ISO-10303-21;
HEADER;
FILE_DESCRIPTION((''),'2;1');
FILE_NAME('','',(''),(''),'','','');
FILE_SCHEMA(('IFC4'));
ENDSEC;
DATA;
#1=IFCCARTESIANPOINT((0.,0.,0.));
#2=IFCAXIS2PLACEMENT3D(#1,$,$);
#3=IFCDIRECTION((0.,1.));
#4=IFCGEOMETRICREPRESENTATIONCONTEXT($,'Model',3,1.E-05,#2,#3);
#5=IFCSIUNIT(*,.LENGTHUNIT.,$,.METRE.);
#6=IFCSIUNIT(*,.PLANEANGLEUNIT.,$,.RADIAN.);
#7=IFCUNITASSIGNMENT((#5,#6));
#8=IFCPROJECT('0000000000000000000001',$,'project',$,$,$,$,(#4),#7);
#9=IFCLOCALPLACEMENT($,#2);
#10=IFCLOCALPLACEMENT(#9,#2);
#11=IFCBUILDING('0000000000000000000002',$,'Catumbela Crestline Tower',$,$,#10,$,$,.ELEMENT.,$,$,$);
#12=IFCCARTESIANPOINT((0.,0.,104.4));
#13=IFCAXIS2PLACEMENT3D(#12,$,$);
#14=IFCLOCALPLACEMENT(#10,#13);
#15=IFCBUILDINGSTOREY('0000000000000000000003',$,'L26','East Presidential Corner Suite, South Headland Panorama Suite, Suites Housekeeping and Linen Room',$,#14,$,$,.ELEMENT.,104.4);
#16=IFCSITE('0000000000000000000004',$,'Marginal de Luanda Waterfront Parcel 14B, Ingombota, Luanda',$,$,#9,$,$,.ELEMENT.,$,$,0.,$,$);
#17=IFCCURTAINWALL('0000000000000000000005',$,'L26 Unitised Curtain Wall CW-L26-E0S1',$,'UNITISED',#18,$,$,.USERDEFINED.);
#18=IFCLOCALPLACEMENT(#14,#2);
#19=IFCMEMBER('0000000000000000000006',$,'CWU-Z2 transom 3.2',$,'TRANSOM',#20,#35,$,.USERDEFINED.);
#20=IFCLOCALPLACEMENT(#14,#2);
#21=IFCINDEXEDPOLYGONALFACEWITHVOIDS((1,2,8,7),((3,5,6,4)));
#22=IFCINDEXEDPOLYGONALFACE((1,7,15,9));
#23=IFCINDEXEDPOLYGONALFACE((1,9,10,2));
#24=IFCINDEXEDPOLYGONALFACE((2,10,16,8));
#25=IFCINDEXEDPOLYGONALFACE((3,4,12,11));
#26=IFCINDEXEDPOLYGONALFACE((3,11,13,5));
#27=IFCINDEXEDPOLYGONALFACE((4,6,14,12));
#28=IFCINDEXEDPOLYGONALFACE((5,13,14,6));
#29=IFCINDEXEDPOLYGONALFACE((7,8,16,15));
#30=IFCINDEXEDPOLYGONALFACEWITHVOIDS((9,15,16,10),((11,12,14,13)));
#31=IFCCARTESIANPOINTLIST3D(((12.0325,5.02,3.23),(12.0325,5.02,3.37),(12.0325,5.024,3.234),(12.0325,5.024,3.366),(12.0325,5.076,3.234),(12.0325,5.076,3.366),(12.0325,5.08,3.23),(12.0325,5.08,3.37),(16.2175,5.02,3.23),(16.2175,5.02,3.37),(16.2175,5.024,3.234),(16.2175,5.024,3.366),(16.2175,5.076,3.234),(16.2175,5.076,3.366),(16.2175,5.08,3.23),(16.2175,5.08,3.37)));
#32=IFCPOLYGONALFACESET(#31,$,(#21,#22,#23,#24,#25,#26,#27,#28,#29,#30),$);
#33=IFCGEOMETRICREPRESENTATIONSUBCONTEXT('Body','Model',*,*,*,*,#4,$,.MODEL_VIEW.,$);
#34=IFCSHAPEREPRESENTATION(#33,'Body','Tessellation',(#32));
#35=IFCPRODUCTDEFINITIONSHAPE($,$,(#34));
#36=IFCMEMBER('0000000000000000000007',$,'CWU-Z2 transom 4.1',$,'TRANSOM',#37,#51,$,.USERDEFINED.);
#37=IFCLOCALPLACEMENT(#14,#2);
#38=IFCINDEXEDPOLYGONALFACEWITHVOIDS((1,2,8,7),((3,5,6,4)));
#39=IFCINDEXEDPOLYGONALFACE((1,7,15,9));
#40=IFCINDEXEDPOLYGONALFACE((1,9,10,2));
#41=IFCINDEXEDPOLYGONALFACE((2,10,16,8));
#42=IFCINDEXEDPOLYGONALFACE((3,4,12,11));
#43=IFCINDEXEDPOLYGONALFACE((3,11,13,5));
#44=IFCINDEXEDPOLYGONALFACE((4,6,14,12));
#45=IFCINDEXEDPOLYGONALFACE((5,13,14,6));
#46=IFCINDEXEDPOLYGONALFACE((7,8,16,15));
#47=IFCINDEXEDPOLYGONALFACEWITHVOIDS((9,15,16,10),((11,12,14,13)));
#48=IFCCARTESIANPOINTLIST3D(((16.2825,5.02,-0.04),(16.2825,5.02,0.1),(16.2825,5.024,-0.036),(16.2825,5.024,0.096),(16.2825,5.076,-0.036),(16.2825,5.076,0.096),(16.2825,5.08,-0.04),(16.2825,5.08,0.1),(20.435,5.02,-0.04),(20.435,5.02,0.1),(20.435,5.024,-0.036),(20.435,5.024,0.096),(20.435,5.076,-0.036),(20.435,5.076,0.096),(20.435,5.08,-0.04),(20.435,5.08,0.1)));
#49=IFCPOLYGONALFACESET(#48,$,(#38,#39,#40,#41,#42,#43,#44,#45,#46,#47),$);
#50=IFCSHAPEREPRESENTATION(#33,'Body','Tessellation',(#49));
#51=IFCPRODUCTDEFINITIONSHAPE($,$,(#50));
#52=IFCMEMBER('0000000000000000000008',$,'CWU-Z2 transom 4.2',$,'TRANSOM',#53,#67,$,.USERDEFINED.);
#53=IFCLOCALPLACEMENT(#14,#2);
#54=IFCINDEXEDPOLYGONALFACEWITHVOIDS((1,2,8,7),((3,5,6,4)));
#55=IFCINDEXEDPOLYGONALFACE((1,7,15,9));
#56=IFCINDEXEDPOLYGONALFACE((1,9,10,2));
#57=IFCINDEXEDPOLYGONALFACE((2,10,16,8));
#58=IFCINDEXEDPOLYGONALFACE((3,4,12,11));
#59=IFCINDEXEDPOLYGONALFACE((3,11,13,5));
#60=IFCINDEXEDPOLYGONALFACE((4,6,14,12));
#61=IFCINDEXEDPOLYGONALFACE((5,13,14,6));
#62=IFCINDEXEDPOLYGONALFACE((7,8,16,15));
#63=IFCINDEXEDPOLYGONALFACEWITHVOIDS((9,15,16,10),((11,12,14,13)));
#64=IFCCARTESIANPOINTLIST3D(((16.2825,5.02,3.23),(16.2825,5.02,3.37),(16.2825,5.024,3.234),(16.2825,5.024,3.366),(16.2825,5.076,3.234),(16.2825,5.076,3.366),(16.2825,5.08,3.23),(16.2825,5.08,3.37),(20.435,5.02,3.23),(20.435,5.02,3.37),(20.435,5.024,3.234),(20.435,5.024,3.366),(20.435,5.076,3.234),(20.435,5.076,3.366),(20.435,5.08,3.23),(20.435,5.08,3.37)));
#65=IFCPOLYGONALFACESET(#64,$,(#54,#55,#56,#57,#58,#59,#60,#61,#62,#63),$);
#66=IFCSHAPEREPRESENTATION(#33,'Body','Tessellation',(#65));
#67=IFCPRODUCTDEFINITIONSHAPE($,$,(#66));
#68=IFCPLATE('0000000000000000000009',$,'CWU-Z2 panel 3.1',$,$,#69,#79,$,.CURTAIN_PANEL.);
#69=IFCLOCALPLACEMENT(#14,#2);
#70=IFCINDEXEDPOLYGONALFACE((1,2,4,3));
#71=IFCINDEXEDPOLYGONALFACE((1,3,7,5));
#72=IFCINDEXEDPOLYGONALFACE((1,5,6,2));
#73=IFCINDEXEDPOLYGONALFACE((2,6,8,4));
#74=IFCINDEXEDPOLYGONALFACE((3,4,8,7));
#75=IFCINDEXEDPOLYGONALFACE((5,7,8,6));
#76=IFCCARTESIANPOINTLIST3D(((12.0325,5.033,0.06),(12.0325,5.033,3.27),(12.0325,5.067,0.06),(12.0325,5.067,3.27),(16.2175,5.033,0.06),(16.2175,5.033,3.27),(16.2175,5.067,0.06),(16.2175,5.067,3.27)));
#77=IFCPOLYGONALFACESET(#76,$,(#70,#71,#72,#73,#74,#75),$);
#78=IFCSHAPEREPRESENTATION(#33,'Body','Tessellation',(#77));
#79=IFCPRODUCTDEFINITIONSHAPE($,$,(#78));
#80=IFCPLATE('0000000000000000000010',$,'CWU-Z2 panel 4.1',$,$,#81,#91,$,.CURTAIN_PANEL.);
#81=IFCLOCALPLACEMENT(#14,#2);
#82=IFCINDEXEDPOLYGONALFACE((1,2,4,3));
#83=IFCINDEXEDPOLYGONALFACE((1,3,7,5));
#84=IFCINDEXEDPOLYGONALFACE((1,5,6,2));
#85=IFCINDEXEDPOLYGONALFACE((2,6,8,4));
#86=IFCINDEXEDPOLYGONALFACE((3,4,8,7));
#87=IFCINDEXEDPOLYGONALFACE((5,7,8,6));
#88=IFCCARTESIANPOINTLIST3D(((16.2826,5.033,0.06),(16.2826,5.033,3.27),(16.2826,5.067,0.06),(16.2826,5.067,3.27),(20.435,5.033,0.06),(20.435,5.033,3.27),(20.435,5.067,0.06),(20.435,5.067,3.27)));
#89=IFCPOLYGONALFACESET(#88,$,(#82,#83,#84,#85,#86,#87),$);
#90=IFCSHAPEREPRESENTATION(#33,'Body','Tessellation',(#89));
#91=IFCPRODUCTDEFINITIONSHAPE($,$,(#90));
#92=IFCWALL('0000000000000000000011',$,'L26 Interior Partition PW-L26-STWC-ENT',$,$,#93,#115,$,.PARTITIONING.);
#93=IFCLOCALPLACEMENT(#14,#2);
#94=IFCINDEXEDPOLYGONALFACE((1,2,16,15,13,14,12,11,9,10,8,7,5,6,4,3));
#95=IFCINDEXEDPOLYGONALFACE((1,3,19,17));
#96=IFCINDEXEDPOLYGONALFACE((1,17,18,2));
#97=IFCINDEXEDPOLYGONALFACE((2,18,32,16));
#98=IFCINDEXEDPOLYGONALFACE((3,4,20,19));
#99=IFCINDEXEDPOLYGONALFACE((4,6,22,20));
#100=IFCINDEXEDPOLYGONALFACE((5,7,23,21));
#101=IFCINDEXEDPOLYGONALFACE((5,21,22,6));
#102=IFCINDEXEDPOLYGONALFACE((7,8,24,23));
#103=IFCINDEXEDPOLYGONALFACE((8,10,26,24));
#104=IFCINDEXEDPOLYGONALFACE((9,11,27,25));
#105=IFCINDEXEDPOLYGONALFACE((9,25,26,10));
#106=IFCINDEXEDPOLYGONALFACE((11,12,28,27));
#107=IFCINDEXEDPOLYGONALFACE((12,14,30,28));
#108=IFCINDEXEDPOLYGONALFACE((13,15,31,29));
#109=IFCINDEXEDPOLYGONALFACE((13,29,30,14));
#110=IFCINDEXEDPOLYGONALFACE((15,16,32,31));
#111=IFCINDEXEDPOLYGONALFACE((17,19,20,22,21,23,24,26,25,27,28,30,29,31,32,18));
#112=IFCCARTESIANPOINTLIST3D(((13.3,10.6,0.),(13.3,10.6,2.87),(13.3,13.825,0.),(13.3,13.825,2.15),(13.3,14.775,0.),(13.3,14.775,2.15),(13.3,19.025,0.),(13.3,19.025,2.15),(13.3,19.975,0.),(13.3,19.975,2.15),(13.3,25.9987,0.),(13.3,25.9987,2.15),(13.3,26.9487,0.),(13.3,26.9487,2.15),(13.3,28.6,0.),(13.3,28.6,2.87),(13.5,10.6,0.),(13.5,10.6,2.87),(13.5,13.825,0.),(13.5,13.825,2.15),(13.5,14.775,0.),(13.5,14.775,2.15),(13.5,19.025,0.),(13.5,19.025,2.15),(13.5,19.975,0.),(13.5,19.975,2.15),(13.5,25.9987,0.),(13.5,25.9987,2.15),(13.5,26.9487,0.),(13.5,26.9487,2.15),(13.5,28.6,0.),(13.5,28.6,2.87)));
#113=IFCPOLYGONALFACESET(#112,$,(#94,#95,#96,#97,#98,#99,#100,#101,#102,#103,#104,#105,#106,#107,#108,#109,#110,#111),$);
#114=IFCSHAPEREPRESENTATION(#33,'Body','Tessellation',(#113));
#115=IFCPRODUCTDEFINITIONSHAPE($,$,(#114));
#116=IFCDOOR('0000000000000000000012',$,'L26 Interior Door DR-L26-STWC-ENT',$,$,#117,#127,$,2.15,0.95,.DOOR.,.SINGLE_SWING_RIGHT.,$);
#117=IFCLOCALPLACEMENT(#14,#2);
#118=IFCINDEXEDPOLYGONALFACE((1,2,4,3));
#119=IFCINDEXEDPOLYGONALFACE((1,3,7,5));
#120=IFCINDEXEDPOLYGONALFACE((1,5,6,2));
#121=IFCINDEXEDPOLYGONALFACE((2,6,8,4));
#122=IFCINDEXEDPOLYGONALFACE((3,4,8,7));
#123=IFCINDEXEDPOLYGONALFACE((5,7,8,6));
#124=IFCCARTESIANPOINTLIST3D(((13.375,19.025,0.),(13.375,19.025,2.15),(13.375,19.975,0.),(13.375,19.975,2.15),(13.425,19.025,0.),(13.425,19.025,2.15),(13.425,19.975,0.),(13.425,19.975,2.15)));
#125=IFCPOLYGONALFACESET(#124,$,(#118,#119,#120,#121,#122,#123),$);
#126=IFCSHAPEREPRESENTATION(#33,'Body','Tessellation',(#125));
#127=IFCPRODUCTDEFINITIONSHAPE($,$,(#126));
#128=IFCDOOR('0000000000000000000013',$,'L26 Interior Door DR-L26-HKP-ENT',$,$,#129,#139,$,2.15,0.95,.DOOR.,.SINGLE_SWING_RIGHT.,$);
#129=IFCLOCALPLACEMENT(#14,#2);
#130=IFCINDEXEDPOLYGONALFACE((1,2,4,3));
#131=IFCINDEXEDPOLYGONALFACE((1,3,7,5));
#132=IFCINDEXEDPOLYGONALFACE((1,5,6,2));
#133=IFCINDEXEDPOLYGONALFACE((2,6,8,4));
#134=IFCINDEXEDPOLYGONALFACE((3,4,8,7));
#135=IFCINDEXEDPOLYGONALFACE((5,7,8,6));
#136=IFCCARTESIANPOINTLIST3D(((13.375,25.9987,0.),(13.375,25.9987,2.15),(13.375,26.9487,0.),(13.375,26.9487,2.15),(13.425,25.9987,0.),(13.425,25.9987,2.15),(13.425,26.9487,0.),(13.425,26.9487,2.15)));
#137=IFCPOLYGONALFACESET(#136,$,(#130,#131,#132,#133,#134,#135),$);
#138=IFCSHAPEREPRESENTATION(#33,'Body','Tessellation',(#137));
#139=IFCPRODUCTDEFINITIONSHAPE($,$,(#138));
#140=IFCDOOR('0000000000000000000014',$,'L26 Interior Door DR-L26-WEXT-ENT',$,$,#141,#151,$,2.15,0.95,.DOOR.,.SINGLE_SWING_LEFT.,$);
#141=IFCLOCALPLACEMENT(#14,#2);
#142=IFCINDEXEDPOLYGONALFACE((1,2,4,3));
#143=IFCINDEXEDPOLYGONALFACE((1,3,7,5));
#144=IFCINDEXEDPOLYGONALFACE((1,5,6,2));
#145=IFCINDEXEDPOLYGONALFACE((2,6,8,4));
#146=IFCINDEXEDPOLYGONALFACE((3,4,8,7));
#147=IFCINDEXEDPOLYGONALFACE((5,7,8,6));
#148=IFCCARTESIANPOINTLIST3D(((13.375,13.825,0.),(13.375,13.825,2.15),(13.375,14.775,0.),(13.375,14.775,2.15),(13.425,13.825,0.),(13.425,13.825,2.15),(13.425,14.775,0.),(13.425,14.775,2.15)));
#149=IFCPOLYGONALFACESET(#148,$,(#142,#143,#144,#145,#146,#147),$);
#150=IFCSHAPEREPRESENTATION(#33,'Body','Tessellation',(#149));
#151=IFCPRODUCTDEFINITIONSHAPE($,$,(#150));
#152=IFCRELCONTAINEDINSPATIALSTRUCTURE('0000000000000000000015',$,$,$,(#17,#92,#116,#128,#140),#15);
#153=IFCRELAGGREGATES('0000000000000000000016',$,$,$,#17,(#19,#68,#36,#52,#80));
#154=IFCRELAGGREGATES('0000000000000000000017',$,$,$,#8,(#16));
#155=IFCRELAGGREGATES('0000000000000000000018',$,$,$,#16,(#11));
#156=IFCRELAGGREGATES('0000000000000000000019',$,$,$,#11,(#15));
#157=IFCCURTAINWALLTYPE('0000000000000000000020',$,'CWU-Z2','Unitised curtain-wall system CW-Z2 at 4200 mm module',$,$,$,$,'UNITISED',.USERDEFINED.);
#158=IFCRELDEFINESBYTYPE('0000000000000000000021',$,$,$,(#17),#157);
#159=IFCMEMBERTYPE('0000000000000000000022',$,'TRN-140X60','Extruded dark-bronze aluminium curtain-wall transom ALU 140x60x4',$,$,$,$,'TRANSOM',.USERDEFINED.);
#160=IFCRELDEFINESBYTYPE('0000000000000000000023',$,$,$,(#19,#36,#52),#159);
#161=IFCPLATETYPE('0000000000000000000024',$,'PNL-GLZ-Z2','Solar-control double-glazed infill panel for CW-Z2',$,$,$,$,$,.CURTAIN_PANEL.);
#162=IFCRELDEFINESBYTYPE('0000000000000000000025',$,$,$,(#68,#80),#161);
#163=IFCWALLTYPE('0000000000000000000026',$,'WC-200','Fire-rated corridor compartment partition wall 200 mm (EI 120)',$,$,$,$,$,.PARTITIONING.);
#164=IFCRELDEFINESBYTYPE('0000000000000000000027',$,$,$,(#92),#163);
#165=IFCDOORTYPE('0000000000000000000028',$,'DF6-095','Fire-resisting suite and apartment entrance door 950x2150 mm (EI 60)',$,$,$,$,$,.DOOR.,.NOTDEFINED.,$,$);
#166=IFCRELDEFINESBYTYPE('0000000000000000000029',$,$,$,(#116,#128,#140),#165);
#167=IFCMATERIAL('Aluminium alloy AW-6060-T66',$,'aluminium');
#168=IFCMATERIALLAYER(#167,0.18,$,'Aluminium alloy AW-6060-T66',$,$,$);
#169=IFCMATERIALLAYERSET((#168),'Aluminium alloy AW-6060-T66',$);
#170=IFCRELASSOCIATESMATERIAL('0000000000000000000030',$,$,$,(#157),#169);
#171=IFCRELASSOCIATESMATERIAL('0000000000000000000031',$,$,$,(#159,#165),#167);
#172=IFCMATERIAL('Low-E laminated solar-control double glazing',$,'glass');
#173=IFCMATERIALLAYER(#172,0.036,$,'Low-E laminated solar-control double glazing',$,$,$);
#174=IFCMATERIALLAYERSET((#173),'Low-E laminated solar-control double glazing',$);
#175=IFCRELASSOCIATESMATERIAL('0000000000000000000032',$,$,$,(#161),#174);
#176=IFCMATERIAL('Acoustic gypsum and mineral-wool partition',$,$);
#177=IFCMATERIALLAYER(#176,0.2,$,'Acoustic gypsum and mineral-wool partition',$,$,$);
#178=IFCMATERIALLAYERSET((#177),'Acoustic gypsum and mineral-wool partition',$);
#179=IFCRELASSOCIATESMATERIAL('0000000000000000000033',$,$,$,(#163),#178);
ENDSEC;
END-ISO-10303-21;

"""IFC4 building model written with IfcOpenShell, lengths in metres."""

from ifc_helpers import new_model, si_unit, direction, frame, frame_2d, origin, origin_2d, place, context, subcontext, project, spatial, rectangle, hollow_rectangle, extrude, material, layer, layer_set, material_profile, profile_set, type_object, element, fill, aggregate, save


model = new_model("IFC4")

# Units and contexts
model_context = context("Model", 3, precision=1e-05, world=origin(), true_north=direction((0.0, 1.0)))
body_context = subcontext(model_context, "Body", "Model", "MODEL_VIEW")
ifc_project = project(units=[si_unit("LENGTHUNIT", "METRE"), si_unit("PLANEANGLEUNIT", "RADIAN")], contexts=[model_context])

# Site, building, storey
site_placement = place(None, origin())
site = spatial("IfcSite", under=ifc_project, at=site_placement, Name="Marginal de Luanda Waterfront Parcel 14B, Ingombota, Luanda", CompositionType="ELEMENT", RefElevation=0.0)
building_placement = place(site_placement, origin())
building = spatial("IfcBuilding", under=site, at=building_placement, Name="Catumbela Crestline Tower", CompositionType="ELEMENT")
storey_placement = place(building_placement, frame((0.0, 0.0, 104.4)))
storey = spatial("IfcBuildingStorey", under=building, at=storey_placement, Name="L26", Description="East Presidential Corner Suite, South Headland Panorama Suite, Suites Housekeeping and Linen Room", CompositionType="ELEMENT", Elevation=104.4)

# Curtain wall, members, plates
ifc_material_1 = material(Name="Aluminium alloy AW-6060-T66", Category="aluminium")
ifc_layer_1 = layer(ifc_material_1, 0.18, Name="Aluminium alloy AW-6060-T66")
ifc_layer_set_1 = layer_set([ifc_layer_1], Name="Aluminium alloy AW-6060-T66")
curtain_wall_type = type_object("IfcCurtainWallType", Name="CWU-Z2", Description="Unitised curtain-wall system CW-Z2 at 4200 mm module", ElementType="UNITISED", PredefinedType="USERDEFINED", material=ifc_layer_set_1)
curtain_wall_placement = place(storey_placement, origin())
curtain_wall = element("IfcCurtainWall", 1, at=curtain_wall_placement, inside=storey, type_object=curtain_wall_type, Name="L26 Unitised Curtain Wall CW-L26-E0S1", ObjectType="UNITISED", PredefinedType="USERDEFINED")
ifc_material_profile_1 = material_profile(ifc_material_1, hollow_rectangle(XDim=0.06, YDim=0.14, WallThickness=0.004, at=origin_2d()), Name="ALU 140x60x4")
ifc_profile_set_1 = profile_set([ifc_material_profile_1], Name="Aluminium alloy AW-6060-T66")
member_type_1 = type_object("IfcMemberType", Name="TRN-140X60", Description="Extruded dark-bronze aluminium curtain-wall transom ALU 140x60x4", ElementType="TRANSOM", PredefinedType="USERDEFINED", material=ifc_profile_set_1)
member_1_placement = place(storey_placement, frame((12.0325, 5.05, 3.3), z_axis=(1.0, 0.0, 0.0), x_axis=(0.0, 1.0, 0.0)))
member_1 = element("IfcMember", 2, at=member_1_placement, type_object=member_type_1, Name="CWU-Z2 transom 3.2", ObjectType="TRANSOM", PredefinedType="USERDEFINED", context=body_context, shape_type="SweptSolid", body=[
    extrude(hollow_rectangle(XDim=0.06, YDim=0.14, WallThickness=0.004, at=origin_2d()), origin(), (0.0, 0.0, 1.0), 4.185),
])
member_2_placement = place(storey_placement, frame((16.2825, 5.05, 0.03), z_axis=(1.0, 0.0, 0.0), x_axis=(0.0, 1.0, 0.0)))
member_2 = element("IfcMember", 3, at=member_2_placement, type_object=member_type_1, Name="CWU-Z2 transom 4.1", ObjectType="TRANSOM", PredefinedType="USERDEFINED", context=body_context, shape_type="SweptSolid", body=[
    extrude(hollow_rectangle(XDim=0.06, YDim=0.14, WallThickness=0.004, at=origin_2d()), origin(), (0.0, 0.0, 1.0), 4.1525),
])
member_3_placement = place(storey_placement, frame((16.2825, 5.05, 3.3), z_axis=(1.0, 0.0, 0.0), x_axis=(0.0, 1.0, 0.0)))
member_3 = element("IfcMember", 4, at=member_3_placement, type_object=member_type_1, Name="CWU-Z2 transom 4.2", ObjectType="TRANSOM", PredefinedType="USERDEFINED", context=body_context, shape_type="SweptSolid", body=[
    extrude(hollow_rectangle(XDim=0.06, YDim=0.14, WallThickness=0.004, at=origin_2d()), origin(), (0.0, 0.0, 1.0), 4.1525),
])
ifc_material_2 = material(Name="Low-E laminated solar-control double glazing", Category="glass")
ifc_layer_2 = layer(ifc_material_2, 0.036, Name="Low-E laminated solar-control double glazing")
ifc_layer_set_2 = layer_set([ifc_layer_2], Name="Low-E laminated solar-control double glazing")
plate_type = type_object("IfcPlateType", Name="PNL-GLZ-Z2", Description="Solar-control double-glazed infill panel for CW-Z2", PredefinedType="CURTAIN_PANEL", material=ifc_layer_set_2)
plate_1_placement = place(storey_placement, frame((14.125, 5.05, 0.06), z_axis=(0.0, 0.0, 1.0), x_axis=(1.0, 0.0, 0.0)))
plate_1 = element("IfcPlate", 5, at=plate_1_placement, type_object=plate_type, Name="CWU-Z2 panel 3.1", PredefinedType="CURTAIN_PANEL", context=body_context, shape_type="SweptSolid", body=[
    extrude(rectangle(XDim=4.185, YDim=0.034, at=origin_2d()), origin(), (0.0, 0.0, 1.0), 3.21),
])
plate_2_placement = place(storey_placement, frame((18.3588, 5.05, 0.06), z_axis=(0.0, 0.0, 1.0), x_axis=(1.0, 0.0, 0.0)))
plate_2 = element("IfcPlate", 6, at=plate_2_placement, type_object=plate_type, Name="CWU-Z2 panel 4.1", PredefinedType="CURTAIN_PANEL", context=body_context, shape_type="SweptSolid", body=[
    extrude(rectangle(XDim=4.1525, YDim=0.034, at=origin_2d()), origin(), (0.0, 0.0, 1.0), 3.21),
])
aggregate(curtain_wall, [member_1, plate_1, member_2, member_3, plate_2])

# Wall, openings, doors
ifc_material_3 = material(Name="Acoustic gypsum and mineral-wool partition")
ifc_layer_3 = layer(ifc_material_3, 0.2, Name="Acoustic gypsum and mineral-wool partition")
ifc_layer_set_3 = layer_set([ifc_layer_3], Name="Acoustic gypsum and mineral-wool partition")
wall_type_1 = type_object("IfcWallType", Name="WC-200", Description="Fire-rated corridor compartment partition wall 200 mm (EI 120)", PredefinedType="PARTITIONING", material=ifc_layer_set_3)
wall_1_placement = place(storey_placement, frame((13.4, 10.6, 0.0), z_axis=(0.0, 0.0, 1.0), x_axis=(0.0, 1.0, 0.0)))
wall_1 = element("IfcWall", 7, at=wall_1_placement, inside=storey, type_object=wall_type_1, Name="L26 Interior Partition PW-L26-STWC-ENT", PredefinedType="PARTITIONING", context=body_context, shape_type="SweptSolid", body=[
    extrude(rectangle(XDim=18.0, YDim=0.2, at=frame_2d((9.0, 0.0))), origin(), (0.0, 0.0, 1.0), 2.87),
])
opening_1_placement = place(wall_1_placement, frame((8.425, 0.0, 0.0)))
opening_1 = element("IfcOpeningElement", 8, at=opening_1_placement, cuts=wall_1, PredefinedType="OPENING", context=body_context, shape_type="SweptSolid", body=[
    extrude(rectangle(XDim=0.95, YDim=2.15, at=frame_2d((0.475, 1.075))), frame((0.0, 0.11, 0.0), z_axis=(0.0, -1.0, 0.0), x_axis=(1.0, 0.0, 0.0)), (0.0, 0.0, 1.0), 0.22),
])
opening_2_placement = place(wall_1_placement, frame((15.3987, 0.0, 0.0)))
opening_2 = element("IfcOpeningElement", 9, at=opening_2_placement, cuts=wall_1, PredefinedType="OPENING", context=body_context, shape_type="SweptSolid", body=[
    extrude(rectangle(XDim=0.95, YDim=2.15, at=frame_2d((0.475, 1.075))), frame((0.0, 0.11, 0.0), z_axis=(0.0, -1.0, 0.0), x_axis=(1.0, 0.0, 0.0)), (0.0, 0.0, 1.0), 0.22),
])
opening_3_placement = place(wall_1_placement, frame((3.225, 0.0, 0.0)))
opening_3 = element("IfcOpeningElement", 10, at=opening_3_placement, cuts=wall_1, PredefinedType="OPENING", context=body_context, shape_type="SweptSolid", body=[
    extrude(rectangle(XDim=0.95, YDim=2.15, at=frame_2d((0.475, 1.075))), frame((0.0, 0.11, 0.0), z_axis=(0.0, -1.0, 0.0), x_axis=(1.0, 0.0, 0.0)), (0.0, 0.0, 1.0), 0.22),
])
door_type_1 = type_object("IfcDoorType", Name="DF6-095", Description="Fire-resisting suite and apartment entrance door 950x2150 mm (EI 60)", OperationType="NOTDEFINED", PredefinedType="DOOR", material=ifc_material_1)
door_1_placement = place(opening_1_placement, origin())
door_1 = element("IfcDoor", 11, at=door_1_placement, inside=storey, type_object=door_type_1, Name="L26 Interior Door DR-L26-STWC-ENT", OperationType="SINGLE_SWING_RIGHT", OverallHeight=2.15, OverallWidth=0.95, PredefinedType="DOOR", context=body_context, shape_type="SweptSolid", body=[
    extrude(rectangle(XDim=0.95, YDim=2.15, at=frame_2d((0.475, 1.075))), frame((0.0, 0.025, 0.0), z_axis=(0.0, -1.0, 0.0), x_axis=(1.0, 0.0, 0.0)), (0.0, 0.0, 1.0), 0.05),
])
fill(opening_1, door_1)
door_2_placement = place(opening_2_placement, origin())
door_2 = element("IfcDoor", 12, at=door_2_placement, inside=storey, type_object=door_type_1, Name="L26 Interior Door DR-L26-HKP-ENT", OperationType="SINGLE_SWING_RIGHT", OverallHeight=2.15, OverallWidth=0.95, PredefinedType="DOOR", context=body_context, shape_type="SweptSolid", body=[
    extrude(rectangle(XDim=0.95, YDim=2.15, at=frame_2d((0.475, 1.075))), frame((0.0, 0.025, 0.0), z_axis=(0.0, -1.0, 0.0), x_axis=(1.0, 0.0, 0.0)), (0.0, 0.0, 1.0), 0.05),
])
fill(opening_2, door_2)
door_3_placement = place(opening_3_placement, origin())
door_3 = element("IfcDoor", 13, at=door_3_placement, inside=storey, type_object=door_type_1, Name="L26 Interior Door DR-L26-WEXT-ENT", OperationType="SINGLE_SWING_LEFT", OverallHeight=2.15, OverallWidth=0.95, PredefinedType="DOOR", context=body_context, shape_type="SweptSolid", body=[
    extrude(rectangle(XDim=0.95, YDim=2.15, at=frame_2d((0.475, 1.075))), frame((0.0, 0.025, 0.0), z_axis=(0.0, -1.0, 0.0), x_axis=(1.0, 0.0, 0.0)), (0.0, 0.0, 1.0), 0.05),
])
fill(opening_3, door_3)

save(model, "model.ifc")
